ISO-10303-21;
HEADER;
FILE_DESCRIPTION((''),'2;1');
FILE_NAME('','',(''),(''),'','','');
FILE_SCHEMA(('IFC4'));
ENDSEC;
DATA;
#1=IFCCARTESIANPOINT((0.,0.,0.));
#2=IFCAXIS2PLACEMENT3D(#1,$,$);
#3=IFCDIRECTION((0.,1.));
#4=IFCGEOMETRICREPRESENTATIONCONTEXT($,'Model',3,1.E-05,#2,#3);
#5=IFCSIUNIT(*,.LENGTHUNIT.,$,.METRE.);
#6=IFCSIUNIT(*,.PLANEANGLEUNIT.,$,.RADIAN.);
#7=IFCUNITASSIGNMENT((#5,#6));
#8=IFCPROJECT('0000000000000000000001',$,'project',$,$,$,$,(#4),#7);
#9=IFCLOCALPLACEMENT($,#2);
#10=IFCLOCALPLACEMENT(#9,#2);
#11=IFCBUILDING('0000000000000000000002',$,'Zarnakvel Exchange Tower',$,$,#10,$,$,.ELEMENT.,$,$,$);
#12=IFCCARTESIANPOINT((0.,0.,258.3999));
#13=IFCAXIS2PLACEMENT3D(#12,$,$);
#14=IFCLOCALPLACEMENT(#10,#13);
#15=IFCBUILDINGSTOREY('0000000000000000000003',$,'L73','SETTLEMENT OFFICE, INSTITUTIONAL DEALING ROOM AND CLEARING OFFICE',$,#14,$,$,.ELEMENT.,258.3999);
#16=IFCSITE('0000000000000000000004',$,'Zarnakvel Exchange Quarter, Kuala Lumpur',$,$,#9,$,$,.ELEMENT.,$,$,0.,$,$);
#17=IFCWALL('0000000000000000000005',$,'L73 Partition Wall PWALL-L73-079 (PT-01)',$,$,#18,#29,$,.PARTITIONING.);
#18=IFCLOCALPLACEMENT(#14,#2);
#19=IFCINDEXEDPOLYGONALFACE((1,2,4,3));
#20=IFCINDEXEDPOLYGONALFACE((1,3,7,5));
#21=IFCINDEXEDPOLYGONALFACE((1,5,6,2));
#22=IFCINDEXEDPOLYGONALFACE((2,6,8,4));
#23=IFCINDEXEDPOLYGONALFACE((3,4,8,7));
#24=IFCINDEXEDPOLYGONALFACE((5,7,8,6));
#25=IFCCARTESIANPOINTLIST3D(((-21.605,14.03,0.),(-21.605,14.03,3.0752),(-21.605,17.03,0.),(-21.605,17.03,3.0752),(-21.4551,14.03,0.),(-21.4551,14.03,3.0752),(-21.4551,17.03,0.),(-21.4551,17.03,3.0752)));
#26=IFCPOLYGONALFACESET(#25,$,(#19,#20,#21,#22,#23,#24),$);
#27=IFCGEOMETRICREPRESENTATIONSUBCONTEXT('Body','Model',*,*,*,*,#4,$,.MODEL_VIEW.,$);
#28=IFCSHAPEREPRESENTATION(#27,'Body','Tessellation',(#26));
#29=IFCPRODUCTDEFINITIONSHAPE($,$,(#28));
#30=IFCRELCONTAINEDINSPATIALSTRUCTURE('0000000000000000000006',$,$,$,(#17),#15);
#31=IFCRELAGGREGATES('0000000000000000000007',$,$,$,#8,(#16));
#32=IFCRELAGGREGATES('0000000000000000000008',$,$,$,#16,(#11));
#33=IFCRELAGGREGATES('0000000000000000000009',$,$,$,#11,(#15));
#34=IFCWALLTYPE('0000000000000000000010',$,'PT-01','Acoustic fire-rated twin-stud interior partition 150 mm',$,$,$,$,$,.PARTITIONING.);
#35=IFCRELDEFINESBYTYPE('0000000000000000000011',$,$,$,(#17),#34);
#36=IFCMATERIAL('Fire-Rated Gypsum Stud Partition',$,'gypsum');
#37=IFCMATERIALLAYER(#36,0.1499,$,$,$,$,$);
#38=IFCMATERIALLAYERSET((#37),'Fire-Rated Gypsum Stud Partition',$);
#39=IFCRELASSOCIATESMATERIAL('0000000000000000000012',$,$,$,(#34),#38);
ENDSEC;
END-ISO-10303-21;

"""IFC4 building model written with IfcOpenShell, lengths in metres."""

from ifc_helpers import new_model, si_unit, direction, frame, frame_2d, origin, place, context, subcontext, project, spatial, rectangle, extrude, material, layer, layer_set, type_object, element, save


model = new_model("IFC4")

# Units and contexts
model_context = context("Model", 3, precision=1e-05, world=origin(), true_north=direction((0.0, 1.0)))
body_context = subcontext(model_context, "Body", "Model", "MODEL_VIEW")
ifc_project = project(units=[si_unit("LENGTHUNIT", "METRE"), si_unit("PLANEANGLEUNIT", "RADIAN")], contexts=[model_context])

# Site, building, storey
site_placement = place(None, origin())
site = spatial("IfcSite", under=ifc_project, at=site_placement, Name="Zarnakvel Exchange Quarter, Kuala Lumpur", CompositionType="ELEMENT", RefElevation=0.0)
building_placement = place(site_placement, origin())
building = spatial("IfcBuilding", under=site, at=building_placement, Name="Zarnakvel Exchange Tower", CompositionType="ELEMENT")
storey_placement = place(building_placement, frame((0.0, 0.0, 258.3999)))
storey = spatial("IfcBuildingStorey", under=building, at=storey_placement, Name="L73", Description="SETTLEMENT OFFICE, INSTITUTIONAL DEALING ROOM AND CLEARING OFFICE", CompositionType="ELEMENT", Elevation=258.3999)

# Shared definitions
ifc_material_1 = material(Name="Fire-Rated Gypsum Stud Partition", Category="gypsum")
ifc_layer_1 = layer(ifc_material_1, 0.1499)
ifc_layer_set_1 = layer_set([ifc_layer_1], Name="Fire-Rated Gypsum Stud Partition")
wall_type_1 = type_object("IfcWallType", Name="PT-01", Description="Acoustic fire-rated twin-stud interior partition 150 mm", PredefinedType="PARTITIONING", material=ifc_layer_set_1)

# Wall
wall_1_placement = place(storey_placement, frame((-21.53, 14.03, 0.0), z_axis=(0.0, 0.0, 1.0), x_axis=(0.0, 1.0, 0.0)))
element("IfcWall", 1, at=wall_1_placement, inside=storey, type_object=wall_type_1, Name="L73 Partition Wall PWALL-L73-079 (PT-01)", PredefinedType="PARTITIONING", context=body_context, shape_type="SweptSolid", body=[
    extrude(rectangle(XDim=3.0, YDim=0.1499, at=frame_2d((1.5, 0.0))), origin(), (0.0, 0.0, 1.0), 3.0752),
])

save(model, "model.ifc")
